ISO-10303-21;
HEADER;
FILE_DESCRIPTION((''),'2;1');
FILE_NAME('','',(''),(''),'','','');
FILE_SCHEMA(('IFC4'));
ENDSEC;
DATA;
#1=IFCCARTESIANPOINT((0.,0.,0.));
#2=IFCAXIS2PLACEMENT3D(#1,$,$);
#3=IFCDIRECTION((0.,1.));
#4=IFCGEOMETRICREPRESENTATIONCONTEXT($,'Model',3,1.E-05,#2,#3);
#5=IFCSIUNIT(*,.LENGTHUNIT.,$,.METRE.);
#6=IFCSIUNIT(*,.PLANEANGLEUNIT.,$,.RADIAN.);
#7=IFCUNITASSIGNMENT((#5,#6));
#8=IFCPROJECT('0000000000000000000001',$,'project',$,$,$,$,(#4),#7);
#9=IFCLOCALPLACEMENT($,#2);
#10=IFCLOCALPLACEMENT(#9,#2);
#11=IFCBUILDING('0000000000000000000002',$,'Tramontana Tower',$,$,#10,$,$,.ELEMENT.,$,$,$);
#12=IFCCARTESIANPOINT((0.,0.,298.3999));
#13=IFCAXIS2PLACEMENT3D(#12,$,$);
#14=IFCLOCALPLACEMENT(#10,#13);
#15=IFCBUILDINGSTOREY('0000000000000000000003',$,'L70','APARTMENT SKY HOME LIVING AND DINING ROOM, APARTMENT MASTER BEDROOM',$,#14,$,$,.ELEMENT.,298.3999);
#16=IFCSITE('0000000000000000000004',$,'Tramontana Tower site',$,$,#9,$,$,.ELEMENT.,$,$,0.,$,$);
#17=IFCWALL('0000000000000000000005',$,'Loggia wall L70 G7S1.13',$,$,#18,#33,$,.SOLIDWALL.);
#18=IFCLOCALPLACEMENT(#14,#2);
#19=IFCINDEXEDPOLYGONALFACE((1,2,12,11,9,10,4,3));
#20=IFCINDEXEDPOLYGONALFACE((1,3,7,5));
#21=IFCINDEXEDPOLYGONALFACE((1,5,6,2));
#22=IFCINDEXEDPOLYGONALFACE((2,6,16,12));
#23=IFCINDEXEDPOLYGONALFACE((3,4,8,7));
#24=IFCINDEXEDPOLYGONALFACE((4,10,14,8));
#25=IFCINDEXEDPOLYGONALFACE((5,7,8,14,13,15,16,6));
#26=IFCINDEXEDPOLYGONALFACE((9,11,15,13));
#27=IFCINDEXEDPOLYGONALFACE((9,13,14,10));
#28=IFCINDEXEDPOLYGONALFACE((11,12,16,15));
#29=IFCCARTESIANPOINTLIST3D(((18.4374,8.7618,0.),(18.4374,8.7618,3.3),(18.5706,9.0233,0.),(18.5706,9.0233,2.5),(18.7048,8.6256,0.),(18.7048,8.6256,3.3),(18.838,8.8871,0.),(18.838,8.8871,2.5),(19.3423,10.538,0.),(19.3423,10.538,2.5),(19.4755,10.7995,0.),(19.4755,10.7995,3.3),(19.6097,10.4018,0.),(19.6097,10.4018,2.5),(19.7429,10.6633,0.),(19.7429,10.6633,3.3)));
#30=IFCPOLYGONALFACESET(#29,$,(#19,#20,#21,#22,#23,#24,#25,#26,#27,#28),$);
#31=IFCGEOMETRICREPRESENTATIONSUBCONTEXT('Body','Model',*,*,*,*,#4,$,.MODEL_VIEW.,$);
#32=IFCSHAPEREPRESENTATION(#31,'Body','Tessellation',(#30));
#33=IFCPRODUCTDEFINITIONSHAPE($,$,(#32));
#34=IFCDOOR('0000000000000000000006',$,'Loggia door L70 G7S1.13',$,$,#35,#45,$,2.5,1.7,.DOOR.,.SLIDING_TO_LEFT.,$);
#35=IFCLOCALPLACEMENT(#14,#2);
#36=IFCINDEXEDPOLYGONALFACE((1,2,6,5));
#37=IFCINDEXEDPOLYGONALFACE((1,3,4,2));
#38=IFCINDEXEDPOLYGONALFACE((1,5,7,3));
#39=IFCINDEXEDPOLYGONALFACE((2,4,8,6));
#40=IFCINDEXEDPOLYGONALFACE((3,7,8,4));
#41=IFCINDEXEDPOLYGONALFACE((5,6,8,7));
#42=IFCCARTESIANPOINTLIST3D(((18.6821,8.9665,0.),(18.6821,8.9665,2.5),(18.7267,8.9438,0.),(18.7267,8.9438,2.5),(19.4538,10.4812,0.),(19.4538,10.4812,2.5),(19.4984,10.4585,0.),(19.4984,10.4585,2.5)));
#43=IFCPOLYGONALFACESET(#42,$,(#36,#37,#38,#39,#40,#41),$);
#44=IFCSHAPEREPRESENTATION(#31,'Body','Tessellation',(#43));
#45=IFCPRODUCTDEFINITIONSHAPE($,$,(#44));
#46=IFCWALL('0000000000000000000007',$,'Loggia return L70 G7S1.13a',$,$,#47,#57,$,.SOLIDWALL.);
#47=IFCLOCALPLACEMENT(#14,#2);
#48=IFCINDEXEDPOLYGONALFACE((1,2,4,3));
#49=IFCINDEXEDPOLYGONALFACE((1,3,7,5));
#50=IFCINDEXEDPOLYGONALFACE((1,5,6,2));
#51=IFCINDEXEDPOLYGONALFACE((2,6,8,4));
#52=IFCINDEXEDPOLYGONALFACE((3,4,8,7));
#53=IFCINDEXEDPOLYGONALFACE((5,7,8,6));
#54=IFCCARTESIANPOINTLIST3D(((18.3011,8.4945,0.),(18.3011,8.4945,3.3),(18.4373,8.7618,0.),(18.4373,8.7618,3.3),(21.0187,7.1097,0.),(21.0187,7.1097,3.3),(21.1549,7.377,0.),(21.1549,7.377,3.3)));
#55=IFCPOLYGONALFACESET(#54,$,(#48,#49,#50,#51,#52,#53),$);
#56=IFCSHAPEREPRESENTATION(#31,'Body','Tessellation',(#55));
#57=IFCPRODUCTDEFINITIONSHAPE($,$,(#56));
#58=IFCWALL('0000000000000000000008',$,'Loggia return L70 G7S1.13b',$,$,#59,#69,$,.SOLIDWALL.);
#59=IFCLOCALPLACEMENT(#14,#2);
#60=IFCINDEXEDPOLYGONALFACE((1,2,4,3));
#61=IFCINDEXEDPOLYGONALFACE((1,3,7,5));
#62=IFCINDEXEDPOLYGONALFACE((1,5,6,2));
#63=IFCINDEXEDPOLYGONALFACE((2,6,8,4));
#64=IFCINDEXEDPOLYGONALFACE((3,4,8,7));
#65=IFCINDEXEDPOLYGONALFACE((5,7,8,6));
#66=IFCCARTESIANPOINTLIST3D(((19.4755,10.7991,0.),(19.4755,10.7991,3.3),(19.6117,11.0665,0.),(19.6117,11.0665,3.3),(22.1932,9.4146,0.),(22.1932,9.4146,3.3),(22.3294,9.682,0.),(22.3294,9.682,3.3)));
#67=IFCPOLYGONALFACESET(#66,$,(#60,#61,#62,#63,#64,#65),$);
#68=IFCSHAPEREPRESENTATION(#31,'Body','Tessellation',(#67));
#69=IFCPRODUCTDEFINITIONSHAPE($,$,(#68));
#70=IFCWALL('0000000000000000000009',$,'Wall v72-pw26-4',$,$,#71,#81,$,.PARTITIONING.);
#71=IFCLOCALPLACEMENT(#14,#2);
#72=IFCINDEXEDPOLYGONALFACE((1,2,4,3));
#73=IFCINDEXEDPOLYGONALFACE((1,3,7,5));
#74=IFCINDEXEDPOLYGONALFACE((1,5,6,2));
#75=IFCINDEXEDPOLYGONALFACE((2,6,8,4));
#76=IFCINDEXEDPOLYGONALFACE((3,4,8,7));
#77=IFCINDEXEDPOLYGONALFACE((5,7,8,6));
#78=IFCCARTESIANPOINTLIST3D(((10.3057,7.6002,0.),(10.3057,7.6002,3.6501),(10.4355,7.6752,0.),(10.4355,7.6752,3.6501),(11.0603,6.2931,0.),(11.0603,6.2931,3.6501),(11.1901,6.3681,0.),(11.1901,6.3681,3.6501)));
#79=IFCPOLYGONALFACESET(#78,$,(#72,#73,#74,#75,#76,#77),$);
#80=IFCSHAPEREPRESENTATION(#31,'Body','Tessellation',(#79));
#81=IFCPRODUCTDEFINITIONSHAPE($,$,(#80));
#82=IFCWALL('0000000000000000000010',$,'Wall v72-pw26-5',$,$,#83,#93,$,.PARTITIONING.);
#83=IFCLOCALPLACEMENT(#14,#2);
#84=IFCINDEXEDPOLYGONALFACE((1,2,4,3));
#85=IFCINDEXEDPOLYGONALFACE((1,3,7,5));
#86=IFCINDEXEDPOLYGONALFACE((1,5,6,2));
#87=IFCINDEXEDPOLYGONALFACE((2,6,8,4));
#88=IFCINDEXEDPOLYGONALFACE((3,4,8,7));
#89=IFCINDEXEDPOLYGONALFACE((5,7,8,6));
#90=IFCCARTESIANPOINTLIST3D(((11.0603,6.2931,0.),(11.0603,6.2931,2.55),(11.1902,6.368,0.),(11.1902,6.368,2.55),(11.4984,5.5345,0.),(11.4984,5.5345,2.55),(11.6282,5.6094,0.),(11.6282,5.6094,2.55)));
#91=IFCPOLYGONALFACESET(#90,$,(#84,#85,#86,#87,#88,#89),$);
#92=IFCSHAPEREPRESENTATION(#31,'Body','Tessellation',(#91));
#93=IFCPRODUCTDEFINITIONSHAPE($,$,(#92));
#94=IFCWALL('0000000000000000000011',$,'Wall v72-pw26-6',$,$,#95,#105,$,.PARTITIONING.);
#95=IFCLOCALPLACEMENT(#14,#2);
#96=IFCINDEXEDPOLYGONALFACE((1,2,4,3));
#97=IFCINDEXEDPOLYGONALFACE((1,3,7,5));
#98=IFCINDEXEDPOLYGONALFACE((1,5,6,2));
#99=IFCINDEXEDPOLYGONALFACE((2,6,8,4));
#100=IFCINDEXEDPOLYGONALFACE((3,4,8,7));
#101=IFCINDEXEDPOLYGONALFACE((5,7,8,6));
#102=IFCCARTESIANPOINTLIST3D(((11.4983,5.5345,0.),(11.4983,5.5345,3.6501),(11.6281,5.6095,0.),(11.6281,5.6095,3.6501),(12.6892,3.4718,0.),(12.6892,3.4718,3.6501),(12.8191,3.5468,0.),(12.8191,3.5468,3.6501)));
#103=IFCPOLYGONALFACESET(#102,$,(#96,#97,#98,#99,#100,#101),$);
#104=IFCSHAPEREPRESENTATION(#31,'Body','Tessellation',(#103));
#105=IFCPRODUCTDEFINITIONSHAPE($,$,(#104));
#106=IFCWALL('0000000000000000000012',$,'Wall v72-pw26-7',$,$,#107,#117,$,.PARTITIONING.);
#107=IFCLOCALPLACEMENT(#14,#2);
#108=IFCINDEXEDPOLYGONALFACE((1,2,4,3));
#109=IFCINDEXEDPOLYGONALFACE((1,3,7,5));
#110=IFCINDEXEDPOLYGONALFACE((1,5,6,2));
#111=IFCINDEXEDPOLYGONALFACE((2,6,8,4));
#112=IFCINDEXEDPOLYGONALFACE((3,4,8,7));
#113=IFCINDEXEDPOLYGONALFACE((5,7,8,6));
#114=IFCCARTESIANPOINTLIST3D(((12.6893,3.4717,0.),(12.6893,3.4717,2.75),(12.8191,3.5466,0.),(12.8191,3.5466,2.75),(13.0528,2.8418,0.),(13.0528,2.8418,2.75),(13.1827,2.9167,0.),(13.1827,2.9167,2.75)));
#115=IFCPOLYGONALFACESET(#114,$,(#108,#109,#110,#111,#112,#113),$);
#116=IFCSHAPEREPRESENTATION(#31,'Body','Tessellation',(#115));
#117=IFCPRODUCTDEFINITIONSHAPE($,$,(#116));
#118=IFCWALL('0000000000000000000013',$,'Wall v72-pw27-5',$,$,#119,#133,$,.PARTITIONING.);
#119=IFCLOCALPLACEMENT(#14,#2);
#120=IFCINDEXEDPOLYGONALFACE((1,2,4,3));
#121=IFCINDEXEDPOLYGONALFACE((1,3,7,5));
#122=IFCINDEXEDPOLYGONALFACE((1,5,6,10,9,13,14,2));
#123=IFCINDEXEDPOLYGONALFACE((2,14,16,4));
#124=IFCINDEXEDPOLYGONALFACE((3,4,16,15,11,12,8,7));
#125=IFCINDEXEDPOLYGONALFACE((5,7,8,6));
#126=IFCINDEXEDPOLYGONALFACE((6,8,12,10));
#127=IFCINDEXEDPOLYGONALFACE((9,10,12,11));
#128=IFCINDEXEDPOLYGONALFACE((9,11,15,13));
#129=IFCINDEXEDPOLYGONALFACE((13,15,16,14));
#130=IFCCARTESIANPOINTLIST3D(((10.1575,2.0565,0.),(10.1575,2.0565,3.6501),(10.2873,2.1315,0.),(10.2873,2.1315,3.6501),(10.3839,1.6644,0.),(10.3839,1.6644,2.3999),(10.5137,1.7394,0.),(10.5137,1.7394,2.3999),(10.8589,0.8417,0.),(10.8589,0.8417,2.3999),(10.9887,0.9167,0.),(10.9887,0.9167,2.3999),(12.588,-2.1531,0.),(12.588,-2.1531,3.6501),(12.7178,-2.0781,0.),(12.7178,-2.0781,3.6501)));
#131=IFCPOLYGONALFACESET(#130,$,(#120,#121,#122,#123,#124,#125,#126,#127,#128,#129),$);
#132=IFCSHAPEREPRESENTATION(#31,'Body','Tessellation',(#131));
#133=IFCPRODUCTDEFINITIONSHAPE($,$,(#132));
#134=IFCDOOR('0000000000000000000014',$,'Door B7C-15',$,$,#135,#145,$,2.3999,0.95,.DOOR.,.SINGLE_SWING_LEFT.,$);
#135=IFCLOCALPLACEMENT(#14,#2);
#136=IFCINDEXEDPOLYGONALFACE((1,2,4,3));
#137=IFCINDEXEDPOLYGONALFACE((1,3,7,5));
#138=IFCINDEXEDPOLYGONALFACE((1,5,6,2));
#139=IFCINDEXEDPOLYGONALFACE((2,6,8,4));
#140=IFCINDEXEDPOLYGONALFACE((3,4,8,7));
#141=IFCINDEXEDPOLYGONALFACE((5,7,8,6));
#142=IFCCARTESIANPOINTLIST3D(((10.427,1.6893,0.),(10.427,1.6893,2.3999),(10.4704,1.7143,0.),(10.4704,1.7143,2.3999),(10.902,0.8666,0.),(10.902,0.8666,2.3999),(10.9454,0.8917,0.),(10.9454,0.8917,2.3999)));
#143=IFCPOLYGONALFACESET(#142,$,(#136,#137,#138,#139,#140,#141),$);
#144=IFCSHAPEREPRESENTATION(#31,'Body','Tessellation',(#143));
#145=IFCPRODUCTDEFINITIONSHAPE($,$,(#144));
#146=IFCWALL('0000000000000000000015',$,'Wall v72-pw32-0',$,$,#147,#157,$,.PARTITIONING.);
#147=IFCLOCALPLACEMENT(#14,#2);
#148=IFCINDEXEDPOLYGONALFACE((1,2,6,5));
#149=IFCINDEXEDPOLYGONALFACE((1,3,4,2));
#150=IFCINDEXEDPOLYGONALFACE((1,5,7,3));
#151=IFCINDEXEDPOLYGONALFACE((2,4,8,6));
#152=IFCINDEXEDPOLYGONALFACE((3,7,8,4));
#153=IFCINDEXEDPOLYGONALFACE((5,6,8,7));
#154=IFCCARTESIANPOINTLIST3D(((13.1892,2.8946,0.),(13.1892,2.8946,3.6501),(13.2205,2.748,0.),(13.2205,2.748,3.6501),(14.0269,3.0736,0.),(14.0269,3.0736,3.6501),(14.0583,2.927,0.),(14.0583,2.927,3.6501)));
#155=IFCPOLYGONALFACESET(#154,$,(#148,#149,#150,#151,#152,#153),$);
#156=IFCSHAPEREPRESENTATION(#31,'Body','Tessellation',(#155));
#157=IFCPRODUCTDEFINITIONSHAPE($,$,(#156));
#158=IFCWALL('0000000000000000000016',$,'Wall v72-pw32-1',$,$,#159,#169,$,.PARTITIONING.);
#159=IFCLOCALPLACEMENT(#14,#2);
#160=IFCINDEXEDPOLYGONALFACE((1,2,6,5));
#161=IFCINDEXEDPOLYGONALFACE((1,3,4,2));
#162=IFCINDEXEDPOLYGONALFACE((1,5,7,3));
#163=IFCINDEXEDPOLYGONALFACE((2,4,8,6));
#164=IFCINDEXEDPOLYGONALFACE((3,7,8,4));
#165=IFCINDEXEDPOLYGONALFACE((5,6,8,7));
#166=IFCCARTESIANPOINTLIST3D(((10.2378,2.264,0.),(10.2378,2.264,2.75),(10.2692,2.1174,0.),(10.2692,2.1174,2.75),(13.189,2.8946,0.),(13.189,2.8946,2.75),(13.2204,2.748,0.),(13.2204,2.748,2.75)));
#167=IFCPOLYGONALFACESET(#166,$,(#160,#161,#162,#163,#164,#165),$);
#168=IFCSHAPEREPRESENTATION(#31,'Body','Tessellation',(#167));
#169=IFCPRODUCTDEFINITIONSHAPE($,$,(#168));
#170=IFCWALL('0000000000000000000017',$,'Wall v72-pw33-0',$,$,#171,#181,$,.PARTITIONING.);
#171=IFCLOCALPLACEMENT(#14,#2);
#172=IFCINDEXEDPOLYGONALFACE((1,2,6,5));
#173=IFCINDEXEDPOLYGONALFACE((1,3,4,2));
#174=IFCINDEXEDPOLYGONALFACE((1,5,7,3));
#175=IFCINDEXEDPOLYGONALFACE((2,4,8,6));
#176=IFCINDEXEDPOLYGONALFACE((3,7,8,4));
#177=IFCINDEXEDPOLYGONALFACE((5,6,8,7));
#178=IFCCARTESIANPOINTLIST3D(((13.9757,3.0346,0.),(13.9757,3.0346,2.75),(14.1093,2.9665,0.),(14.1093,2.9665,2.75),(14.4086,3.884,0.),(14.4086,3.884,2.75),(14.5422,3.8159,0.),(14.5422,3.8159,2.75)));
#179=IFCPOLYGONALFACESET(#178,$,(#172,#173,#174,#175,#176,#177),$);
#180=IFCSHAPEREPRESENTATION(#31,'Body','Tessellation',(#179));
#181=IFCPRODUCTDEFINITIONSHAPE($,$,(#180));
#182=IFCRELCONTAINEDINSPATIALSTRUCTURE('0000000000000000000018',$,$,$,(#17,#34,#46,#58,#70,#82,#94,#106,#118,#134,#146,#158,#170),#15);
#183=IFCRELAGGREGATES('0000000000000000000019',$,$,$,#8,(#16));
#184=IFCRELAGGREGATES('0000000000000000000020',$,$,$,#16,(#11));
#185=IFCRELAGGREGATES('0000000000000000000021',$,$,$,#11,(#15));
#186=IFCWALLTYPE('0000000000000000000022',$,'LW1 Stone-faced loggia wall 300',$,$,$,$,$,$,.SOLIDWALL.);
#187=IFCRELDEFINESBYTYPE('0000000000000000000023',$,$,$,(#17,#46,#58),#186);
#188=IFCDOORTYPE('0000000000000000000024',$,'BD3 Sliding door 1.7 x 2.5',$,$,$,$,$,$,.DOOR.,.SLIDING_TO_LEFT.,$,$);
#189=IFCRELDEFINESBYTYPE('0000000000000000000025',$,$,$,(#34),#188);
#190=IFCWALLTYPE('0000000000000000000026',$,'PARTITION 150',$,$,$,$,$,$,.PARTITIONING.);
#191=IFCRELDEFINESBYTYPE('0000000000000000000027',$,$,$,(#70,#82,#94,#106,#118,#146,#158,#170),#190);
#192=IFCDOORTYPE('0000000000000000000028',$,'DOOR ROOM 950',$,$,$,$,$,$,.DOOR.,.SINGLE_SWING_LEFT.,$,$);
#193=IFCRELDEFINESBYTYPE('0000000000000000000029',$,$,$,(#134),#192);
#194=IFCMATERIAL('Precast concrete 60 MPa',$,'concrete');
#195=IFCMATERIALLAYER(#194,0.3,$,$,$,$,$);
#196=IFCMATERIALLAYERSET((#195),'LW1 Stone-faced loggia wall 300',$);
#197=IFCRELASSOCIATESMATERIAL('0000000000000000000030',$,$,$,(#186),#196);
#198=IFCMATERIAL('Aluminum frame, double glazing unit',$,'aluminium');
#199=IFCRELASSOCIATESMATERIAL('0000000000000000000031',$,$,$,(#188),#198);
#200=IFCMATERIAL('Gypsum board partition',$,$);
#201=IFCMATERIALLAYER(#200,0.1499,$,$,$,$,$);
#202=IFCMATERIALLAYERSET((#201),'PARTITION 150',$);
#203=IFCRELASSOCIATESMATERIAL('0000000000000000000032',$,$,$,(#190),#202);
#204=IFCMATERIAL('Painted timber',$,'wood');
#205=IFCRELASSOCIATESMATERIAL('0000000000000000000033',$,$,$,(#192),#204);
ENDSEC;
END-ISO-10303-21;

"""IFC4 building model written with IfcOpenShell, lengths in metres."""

from ifc_helpers import new_model, si_unit, direction, frame, frame_2d, origin, place, context, subcontext, project, spatial, rectangle, extrude, material, layer, layer_set, type_object, element, fill, save


model = new_model("IFC4")

# Units and contexts
model_context = context("Model", 3, precision=1e-05, world=origin(), true_north=direction((0.0, 1.0)))
body_context = subcontext(model_context, "Body", "Model", "MODEL_VIEW")
ifc_project = project(units=[si_unit("LENGTHUNIT", "METRE"), si_unit("PLANEANGLEUNIT", "RADIAN")], contexts=[model_context])

# Site, building, storey
site_placement = place(None, origin())
site = spatial("IfcSite", under=ifc_project, at=site_placement, Name="Tramontana Tower site", CompositionType="ELEMENT", RefElevation=0.0)
building_placement = place(site_placement, origin())
building = spatial("IfcBuilding", under=site, at=building_placement, Name="Tramontana Tower", CompositionType="ELEMENT")
storey_placement = place(building_placement, frame((0.0, 0.0, 298.3999)))
storey = spatial("IfcBuildingStorey", under=building, at=storey_placement, Name="L70", Description="APARTMENT SKY HOME LIVING AND DINING ROOM, APARTMENT MASTER BEDROOM", CompositionType="ELEMENT", Elevation=298.3999)

# Shared definitions
ifc_material_1 = material(Name="Precast concrete 60 MPa", Category="concrete")
ifc_layer_1 = layer(ifc_material_1, 0.3)
ifc_layer_set_1 = layer_set([ifc_layer_1], Name="LW1 Stone-faced loggia wall 300")
wall_type_1 = type_object("IfcWallType", Name="LW1 Stone-faced loggia wall 300", PredefinedType="SOLIDWALL", material=ifc_layer_set_1)
ifc_material_2 = material(Name="Aluminum frame, double glazing unit", Category="aluminium")
door_type_1 = type_object("IfcDoorType", Name="BD3 Sliding door 1.7 x 2.5", OperationType="SLIDING_TO_LEFT", PredefinedType="DOOR", material=ifc_material_2)

# Wall, opening, door
wall_1_placement = place(storey_placement, frame((18.571, 8.6936, 0.0), z_axis=(0.0, 0.0, 1.0), x_axis=(0.453948, 0.891028, 0.0)))
wall_1 = element("IfcWall", 1, at=wall_1_placement, inside=storey, type_object=wall_type_1, Name="Loggia wall L70 G7S1.13", PredefinedType="SOLIDWALL", context=body_context, shape_type="SweptSolid", body=[
    extrude(rectangle(XDim=2.2869, YDim=0.3, at=frame_2d((1.1436, 0.0))), origin(), (0.0, 0.0, 1.0), 3.3),
])
opening_1_placement = place(wall_1_placement, frame((0.2935, 0.0, 0.0)))
opening_1 = element("IfcOpeningElement", 2, at=opening_1_placement, cuts=wall_1, PredefinedType="OPENING", context=body_context, shape_type="SweptSolid", body=[
    extrude(rectangle(XDim=1.7, YDim=2.5, at=frame_2d((0.8501, 1.25))), frame((0.0, 0.1599, 0.0), z_axis=(0.0, -1.0, 0.0), x_axis=(1.0, 0.0, 0.0)), (0.0, 0.0, 1.0), 0.3201),
])
door_1_placement = place(opening_1_placement, origin())
door_1 = element("IfcDoor", 3, at=door_1_placement, inside=storey, type_object=door_type_1, Name="Loggia door L70 G7S1.13", OperationType="SLIDING_TO_LEFT", OverallHeight=2.5, OverallWidth=1.7, PredefinedType="DOOR", context=body_context, shape_type="SweptSolid", body=[
    extrude(rectangle(XDim=1.7, YDim=2.5, at=frame_2d((0.8501, 1.25))), frame((0.0, 0.0249, 0.0), z_axis=(0.0, -1.0, 0.0), x_axis=(1.0, 0.0, 0.0)), (0.0, 0.0, 1.0), 0.05),
])
fill(opening_1, door_1)

# Walls
for number, where, z_axis, x_axis, name in (
    (4, (21.0867, 7.2434, 0.0), (0.0, 0.0, 1.0), (-0.890991, 0.454021, 0.0), "Loggia return L70 G7S1.13a"),
    (5, (22.2612, 9.5483, 0.0), (0.0, 0.0, 1.0), (-0.89104, 0.453925, 0.0), "Loggia return L70 G7S1.13b"),
):
    element("IfcWall", number, at=place(storey_placement, frame(where, z_axis=z_axis, x_axis=x_axis)), inside=storey, type_object=wall_type_1, Name=name, PredefinedType="SOLIDWALL", context=body_context, shape_type="SweptSolid", body=[
        extrude(rectangle(XDim=3.05, YDim=0.3, at=frame_2d((1.5249, 0.0))), origin(), (0.0, 0.0, 1.0), 3.3),
    ])
ifc_material_3 = material(Name="Gypsum board partition")
ifc_layer_2 = layer(ifc_material_3, 0.1499)
ifc_layer_set_2 = layer_set([ifc_layer_2], Name="PARTITION 150")
wall_type_2 = type_object("IfcWallType", Name="PARTITION 150", PredefinedType="PARTITIONING", material=ifc_layer_set_2)
wall_2_placement = place(storey_placement, frame((10.3706, 7.6377, 0.0), z_axis=(0.0, 0.0, 1.0), x_axis=(0.499984, -0.866035, 0.0)))
element("IfcWall", 6, at=wall_2_placement, inside=storey, type_object=wall_type_2, Name="Wall v72-pw26-4", PredefinedType="PARTITIONING", context=body_context, shape_type="SweptSolid", body=[
    extrude(rectangle(XDim=1.5093, YDim=0.1499, at=frame_2d((0.7546, 0.0))), origin(), (0.0, 0.0, 1.0), 3.6501),
])
wall_3_placement = place(storey_placement, frame((11.1252, 6.3306, 0.0), z_axis=(0.0, 0.0, 1.0), x_axis=(0.500036, -0.866005, 0.0)))
element("IfcWall", 7, at=wall_3_placement, inside=storey, type_object=wall_type_2, Name="Wall v72-pw26-5", PredefinedType="PARTITIONING", context=body_context, shape_type="SweptSolid", body=[
    extrude(rectangle(XDim=0.876, YDim=0.1499, at=frame_2d((0.438, 0.0))), origin(), (0.0, 0.0, 1.0), 2.55),
])
wall_4_placement = place(storey_placement, frame((11.5632, 5.572, 0.0), z_axis=(0.0, 0.0, 1.0), x_axis=(0.499998, -0.866027, 0.0)))
element("IfcWall", 8, at=wall_4_placement, inside=storey, type_object=wall_type_2, Name="Wall v72-pw26-6", PredefinedType="PARTITIONING", context=body_context, shape_type="SweptSolid", body=[
    extrude(rectangle(XDim=2.3818, YDim=0.1499, at=frame_2d((1.1909, 0.0))), origin(), (0.0, 0.0, 1.0), 3.6501),
])
wall_5_placement = place(storey_placement, frame((12.7542, 3.5093, 0.0), z_axis=(0.0, 0.0, 1.0), x_axis=(0.499858, -0.866107, 0.0)))
element("IfcWall", 9, at=wall_5_placement, inside=storey, type_object=wall_type_2, Name="Wall v72-pw26-7", PredefinedType="PARTITIONING", context=body_context, shape_type="SweptSolid", body=[
    extrude(rectangle(XDim=0.7273, YDim=0.1499, at=frame_2d((0.3638, 0.0))), origin(), (0.0, 0.0, 1.0), 2.75),
])

# Wall, opening, door
wall_6_placement = place(storey_placement, frame((10.2224, 2.094, 0.0), z_axis=(0.0, 0.0, 1.0), x_axis=(0.500012, -0.866018, 0.0)))
wall_6 = element("IfcWall", 10, at=wall_6_placement, inside=storey, type_object=wall_type_2, Name="Wall v72-pw27-5", PredefinedType="PARTITIONING", context=body_context, shape_type="SweptSolid", body=[
    extrude(rectangle(XDim=4.8608, YDim=0.1499, at=frame_2d((2.4304, 0.0))), origin(), (0.0, 0.0, 1.0), 3.6501),
])
opening_2_placement = place(wall_6_placement, frame((0.4526, 0.0, 0.0)))
opening_2 = element("IfcOpeningElement", 11, at=opening_2_placement, cuts=wall_6, PredefinedType="OPENING", context=body_context, shape_type="SweptSolid", body=[
    extrude(rectangle(XDim=0.95, YDim=2.3999, at=frame_2d((0.4751, 1.2))), frame((0.0, 0.085, 0.0), z_axis=(0.0, -1.0, 0.0), x_axis=(1.0, 0.0, 0.0)), (0.0, 0.0, 1.0), 0.1699),
])
ifc_material_4 = material(Name="Painted timber", Category="wood")
door_type_2 = type_object("IfcDoorType", Name="DOOR ROOM 950", OperationType="SINGLE_SWING_LEFT", PredefinedType="DOOR", material=ifc_material_4)
door_2_placement = place(opening_2_placement, origin())
door_2 = element("IfcDoor", 12, at=door_2_placement, inside=storey, type_object=door_type_2, Name="Door B7C-15", OperationType="SINGLE_SWING_LEFT", OverallHeight=2.3999, OverallWidth=0.95, PredefinedType="DOOR", context=body_context, shape_type="SweptSolid", body=[
    extrude(rectangle(XDim=0.95, YDim=2.3999, at=frame_2d((0.4751, 1.2))), frame((0.0, 0.0249, 0.0), z_axis=(0.0, -1.0, 0.0), x_axis=(1.0, 0.0, 0.0)), (0.0, 0.0, 1.0), 0.05),
])
fill(opening_2, door_2)

# Walls
wall_7_placement = place(storey_placement, frame((14.0425, 3.0002, 0.0), z_axis=(0.0, 0.0, 1.0), x_axis=(-0.977944, -0.208867, 0.0)))
element("IfcWall", 13, at=wall_7_placement, inside=storey, type_object=wall_type_2, Name="Wall v72-pw32-0", PredefinedType="PARTITIONING", context=body_context, shape_type="SweptSolid", body=[
    extrude(rectangle(XDim=0.8567, YDim=0.1499, at=frame_2d((0.4282, 0.0))), origin(), (0.0, 0.0, 1.0), 3.6501),
])
wall_8_placement = place(storey_placement, frame((13.2046, 2.8213, 0.0), z_axis=(0.0, 0.0, 1.0), x_axis=(-0.977923, -0.208966, 0.0)))
element("IfcWall", 14, at=wall_8_placement, inside=storey, type_object=wall_type_2, Name="Wall v72-pw32-1", PredefinedType="PARTITIONING", context=body_context, shape_type="SweptSolid", body=[
    extrude(rectangle(XDim=3.0178, YDim=0.1499, at=frame_2d((1.5088, 0.0))), origin(), (0.0, 0.0, 1.0), 2.75),
])
wall_9_placement = place(storey_placement, frame((14.4753, 3.8499, 0.0), z_axis=(0.0, 0.0, 1.0), x_axis=(-0.454064, -0.890969, 0.0)))
element("IfcWall", 15, at=wall_9_placement, inside=storey, type_object=wall_type_2, Name="Wall v72-pw33-0", PredefinedType="PARTITIONING", context=body_context, shape_type="SweptSolid", body=[
    extrude(rectangle(XDim=0.9534, YDim=0.1499, at=frame_2d((0.4766, 0.0))), origin(), (0.0, 0.0, 1.0), 2.75),
])

save(model, "model.ifc")
